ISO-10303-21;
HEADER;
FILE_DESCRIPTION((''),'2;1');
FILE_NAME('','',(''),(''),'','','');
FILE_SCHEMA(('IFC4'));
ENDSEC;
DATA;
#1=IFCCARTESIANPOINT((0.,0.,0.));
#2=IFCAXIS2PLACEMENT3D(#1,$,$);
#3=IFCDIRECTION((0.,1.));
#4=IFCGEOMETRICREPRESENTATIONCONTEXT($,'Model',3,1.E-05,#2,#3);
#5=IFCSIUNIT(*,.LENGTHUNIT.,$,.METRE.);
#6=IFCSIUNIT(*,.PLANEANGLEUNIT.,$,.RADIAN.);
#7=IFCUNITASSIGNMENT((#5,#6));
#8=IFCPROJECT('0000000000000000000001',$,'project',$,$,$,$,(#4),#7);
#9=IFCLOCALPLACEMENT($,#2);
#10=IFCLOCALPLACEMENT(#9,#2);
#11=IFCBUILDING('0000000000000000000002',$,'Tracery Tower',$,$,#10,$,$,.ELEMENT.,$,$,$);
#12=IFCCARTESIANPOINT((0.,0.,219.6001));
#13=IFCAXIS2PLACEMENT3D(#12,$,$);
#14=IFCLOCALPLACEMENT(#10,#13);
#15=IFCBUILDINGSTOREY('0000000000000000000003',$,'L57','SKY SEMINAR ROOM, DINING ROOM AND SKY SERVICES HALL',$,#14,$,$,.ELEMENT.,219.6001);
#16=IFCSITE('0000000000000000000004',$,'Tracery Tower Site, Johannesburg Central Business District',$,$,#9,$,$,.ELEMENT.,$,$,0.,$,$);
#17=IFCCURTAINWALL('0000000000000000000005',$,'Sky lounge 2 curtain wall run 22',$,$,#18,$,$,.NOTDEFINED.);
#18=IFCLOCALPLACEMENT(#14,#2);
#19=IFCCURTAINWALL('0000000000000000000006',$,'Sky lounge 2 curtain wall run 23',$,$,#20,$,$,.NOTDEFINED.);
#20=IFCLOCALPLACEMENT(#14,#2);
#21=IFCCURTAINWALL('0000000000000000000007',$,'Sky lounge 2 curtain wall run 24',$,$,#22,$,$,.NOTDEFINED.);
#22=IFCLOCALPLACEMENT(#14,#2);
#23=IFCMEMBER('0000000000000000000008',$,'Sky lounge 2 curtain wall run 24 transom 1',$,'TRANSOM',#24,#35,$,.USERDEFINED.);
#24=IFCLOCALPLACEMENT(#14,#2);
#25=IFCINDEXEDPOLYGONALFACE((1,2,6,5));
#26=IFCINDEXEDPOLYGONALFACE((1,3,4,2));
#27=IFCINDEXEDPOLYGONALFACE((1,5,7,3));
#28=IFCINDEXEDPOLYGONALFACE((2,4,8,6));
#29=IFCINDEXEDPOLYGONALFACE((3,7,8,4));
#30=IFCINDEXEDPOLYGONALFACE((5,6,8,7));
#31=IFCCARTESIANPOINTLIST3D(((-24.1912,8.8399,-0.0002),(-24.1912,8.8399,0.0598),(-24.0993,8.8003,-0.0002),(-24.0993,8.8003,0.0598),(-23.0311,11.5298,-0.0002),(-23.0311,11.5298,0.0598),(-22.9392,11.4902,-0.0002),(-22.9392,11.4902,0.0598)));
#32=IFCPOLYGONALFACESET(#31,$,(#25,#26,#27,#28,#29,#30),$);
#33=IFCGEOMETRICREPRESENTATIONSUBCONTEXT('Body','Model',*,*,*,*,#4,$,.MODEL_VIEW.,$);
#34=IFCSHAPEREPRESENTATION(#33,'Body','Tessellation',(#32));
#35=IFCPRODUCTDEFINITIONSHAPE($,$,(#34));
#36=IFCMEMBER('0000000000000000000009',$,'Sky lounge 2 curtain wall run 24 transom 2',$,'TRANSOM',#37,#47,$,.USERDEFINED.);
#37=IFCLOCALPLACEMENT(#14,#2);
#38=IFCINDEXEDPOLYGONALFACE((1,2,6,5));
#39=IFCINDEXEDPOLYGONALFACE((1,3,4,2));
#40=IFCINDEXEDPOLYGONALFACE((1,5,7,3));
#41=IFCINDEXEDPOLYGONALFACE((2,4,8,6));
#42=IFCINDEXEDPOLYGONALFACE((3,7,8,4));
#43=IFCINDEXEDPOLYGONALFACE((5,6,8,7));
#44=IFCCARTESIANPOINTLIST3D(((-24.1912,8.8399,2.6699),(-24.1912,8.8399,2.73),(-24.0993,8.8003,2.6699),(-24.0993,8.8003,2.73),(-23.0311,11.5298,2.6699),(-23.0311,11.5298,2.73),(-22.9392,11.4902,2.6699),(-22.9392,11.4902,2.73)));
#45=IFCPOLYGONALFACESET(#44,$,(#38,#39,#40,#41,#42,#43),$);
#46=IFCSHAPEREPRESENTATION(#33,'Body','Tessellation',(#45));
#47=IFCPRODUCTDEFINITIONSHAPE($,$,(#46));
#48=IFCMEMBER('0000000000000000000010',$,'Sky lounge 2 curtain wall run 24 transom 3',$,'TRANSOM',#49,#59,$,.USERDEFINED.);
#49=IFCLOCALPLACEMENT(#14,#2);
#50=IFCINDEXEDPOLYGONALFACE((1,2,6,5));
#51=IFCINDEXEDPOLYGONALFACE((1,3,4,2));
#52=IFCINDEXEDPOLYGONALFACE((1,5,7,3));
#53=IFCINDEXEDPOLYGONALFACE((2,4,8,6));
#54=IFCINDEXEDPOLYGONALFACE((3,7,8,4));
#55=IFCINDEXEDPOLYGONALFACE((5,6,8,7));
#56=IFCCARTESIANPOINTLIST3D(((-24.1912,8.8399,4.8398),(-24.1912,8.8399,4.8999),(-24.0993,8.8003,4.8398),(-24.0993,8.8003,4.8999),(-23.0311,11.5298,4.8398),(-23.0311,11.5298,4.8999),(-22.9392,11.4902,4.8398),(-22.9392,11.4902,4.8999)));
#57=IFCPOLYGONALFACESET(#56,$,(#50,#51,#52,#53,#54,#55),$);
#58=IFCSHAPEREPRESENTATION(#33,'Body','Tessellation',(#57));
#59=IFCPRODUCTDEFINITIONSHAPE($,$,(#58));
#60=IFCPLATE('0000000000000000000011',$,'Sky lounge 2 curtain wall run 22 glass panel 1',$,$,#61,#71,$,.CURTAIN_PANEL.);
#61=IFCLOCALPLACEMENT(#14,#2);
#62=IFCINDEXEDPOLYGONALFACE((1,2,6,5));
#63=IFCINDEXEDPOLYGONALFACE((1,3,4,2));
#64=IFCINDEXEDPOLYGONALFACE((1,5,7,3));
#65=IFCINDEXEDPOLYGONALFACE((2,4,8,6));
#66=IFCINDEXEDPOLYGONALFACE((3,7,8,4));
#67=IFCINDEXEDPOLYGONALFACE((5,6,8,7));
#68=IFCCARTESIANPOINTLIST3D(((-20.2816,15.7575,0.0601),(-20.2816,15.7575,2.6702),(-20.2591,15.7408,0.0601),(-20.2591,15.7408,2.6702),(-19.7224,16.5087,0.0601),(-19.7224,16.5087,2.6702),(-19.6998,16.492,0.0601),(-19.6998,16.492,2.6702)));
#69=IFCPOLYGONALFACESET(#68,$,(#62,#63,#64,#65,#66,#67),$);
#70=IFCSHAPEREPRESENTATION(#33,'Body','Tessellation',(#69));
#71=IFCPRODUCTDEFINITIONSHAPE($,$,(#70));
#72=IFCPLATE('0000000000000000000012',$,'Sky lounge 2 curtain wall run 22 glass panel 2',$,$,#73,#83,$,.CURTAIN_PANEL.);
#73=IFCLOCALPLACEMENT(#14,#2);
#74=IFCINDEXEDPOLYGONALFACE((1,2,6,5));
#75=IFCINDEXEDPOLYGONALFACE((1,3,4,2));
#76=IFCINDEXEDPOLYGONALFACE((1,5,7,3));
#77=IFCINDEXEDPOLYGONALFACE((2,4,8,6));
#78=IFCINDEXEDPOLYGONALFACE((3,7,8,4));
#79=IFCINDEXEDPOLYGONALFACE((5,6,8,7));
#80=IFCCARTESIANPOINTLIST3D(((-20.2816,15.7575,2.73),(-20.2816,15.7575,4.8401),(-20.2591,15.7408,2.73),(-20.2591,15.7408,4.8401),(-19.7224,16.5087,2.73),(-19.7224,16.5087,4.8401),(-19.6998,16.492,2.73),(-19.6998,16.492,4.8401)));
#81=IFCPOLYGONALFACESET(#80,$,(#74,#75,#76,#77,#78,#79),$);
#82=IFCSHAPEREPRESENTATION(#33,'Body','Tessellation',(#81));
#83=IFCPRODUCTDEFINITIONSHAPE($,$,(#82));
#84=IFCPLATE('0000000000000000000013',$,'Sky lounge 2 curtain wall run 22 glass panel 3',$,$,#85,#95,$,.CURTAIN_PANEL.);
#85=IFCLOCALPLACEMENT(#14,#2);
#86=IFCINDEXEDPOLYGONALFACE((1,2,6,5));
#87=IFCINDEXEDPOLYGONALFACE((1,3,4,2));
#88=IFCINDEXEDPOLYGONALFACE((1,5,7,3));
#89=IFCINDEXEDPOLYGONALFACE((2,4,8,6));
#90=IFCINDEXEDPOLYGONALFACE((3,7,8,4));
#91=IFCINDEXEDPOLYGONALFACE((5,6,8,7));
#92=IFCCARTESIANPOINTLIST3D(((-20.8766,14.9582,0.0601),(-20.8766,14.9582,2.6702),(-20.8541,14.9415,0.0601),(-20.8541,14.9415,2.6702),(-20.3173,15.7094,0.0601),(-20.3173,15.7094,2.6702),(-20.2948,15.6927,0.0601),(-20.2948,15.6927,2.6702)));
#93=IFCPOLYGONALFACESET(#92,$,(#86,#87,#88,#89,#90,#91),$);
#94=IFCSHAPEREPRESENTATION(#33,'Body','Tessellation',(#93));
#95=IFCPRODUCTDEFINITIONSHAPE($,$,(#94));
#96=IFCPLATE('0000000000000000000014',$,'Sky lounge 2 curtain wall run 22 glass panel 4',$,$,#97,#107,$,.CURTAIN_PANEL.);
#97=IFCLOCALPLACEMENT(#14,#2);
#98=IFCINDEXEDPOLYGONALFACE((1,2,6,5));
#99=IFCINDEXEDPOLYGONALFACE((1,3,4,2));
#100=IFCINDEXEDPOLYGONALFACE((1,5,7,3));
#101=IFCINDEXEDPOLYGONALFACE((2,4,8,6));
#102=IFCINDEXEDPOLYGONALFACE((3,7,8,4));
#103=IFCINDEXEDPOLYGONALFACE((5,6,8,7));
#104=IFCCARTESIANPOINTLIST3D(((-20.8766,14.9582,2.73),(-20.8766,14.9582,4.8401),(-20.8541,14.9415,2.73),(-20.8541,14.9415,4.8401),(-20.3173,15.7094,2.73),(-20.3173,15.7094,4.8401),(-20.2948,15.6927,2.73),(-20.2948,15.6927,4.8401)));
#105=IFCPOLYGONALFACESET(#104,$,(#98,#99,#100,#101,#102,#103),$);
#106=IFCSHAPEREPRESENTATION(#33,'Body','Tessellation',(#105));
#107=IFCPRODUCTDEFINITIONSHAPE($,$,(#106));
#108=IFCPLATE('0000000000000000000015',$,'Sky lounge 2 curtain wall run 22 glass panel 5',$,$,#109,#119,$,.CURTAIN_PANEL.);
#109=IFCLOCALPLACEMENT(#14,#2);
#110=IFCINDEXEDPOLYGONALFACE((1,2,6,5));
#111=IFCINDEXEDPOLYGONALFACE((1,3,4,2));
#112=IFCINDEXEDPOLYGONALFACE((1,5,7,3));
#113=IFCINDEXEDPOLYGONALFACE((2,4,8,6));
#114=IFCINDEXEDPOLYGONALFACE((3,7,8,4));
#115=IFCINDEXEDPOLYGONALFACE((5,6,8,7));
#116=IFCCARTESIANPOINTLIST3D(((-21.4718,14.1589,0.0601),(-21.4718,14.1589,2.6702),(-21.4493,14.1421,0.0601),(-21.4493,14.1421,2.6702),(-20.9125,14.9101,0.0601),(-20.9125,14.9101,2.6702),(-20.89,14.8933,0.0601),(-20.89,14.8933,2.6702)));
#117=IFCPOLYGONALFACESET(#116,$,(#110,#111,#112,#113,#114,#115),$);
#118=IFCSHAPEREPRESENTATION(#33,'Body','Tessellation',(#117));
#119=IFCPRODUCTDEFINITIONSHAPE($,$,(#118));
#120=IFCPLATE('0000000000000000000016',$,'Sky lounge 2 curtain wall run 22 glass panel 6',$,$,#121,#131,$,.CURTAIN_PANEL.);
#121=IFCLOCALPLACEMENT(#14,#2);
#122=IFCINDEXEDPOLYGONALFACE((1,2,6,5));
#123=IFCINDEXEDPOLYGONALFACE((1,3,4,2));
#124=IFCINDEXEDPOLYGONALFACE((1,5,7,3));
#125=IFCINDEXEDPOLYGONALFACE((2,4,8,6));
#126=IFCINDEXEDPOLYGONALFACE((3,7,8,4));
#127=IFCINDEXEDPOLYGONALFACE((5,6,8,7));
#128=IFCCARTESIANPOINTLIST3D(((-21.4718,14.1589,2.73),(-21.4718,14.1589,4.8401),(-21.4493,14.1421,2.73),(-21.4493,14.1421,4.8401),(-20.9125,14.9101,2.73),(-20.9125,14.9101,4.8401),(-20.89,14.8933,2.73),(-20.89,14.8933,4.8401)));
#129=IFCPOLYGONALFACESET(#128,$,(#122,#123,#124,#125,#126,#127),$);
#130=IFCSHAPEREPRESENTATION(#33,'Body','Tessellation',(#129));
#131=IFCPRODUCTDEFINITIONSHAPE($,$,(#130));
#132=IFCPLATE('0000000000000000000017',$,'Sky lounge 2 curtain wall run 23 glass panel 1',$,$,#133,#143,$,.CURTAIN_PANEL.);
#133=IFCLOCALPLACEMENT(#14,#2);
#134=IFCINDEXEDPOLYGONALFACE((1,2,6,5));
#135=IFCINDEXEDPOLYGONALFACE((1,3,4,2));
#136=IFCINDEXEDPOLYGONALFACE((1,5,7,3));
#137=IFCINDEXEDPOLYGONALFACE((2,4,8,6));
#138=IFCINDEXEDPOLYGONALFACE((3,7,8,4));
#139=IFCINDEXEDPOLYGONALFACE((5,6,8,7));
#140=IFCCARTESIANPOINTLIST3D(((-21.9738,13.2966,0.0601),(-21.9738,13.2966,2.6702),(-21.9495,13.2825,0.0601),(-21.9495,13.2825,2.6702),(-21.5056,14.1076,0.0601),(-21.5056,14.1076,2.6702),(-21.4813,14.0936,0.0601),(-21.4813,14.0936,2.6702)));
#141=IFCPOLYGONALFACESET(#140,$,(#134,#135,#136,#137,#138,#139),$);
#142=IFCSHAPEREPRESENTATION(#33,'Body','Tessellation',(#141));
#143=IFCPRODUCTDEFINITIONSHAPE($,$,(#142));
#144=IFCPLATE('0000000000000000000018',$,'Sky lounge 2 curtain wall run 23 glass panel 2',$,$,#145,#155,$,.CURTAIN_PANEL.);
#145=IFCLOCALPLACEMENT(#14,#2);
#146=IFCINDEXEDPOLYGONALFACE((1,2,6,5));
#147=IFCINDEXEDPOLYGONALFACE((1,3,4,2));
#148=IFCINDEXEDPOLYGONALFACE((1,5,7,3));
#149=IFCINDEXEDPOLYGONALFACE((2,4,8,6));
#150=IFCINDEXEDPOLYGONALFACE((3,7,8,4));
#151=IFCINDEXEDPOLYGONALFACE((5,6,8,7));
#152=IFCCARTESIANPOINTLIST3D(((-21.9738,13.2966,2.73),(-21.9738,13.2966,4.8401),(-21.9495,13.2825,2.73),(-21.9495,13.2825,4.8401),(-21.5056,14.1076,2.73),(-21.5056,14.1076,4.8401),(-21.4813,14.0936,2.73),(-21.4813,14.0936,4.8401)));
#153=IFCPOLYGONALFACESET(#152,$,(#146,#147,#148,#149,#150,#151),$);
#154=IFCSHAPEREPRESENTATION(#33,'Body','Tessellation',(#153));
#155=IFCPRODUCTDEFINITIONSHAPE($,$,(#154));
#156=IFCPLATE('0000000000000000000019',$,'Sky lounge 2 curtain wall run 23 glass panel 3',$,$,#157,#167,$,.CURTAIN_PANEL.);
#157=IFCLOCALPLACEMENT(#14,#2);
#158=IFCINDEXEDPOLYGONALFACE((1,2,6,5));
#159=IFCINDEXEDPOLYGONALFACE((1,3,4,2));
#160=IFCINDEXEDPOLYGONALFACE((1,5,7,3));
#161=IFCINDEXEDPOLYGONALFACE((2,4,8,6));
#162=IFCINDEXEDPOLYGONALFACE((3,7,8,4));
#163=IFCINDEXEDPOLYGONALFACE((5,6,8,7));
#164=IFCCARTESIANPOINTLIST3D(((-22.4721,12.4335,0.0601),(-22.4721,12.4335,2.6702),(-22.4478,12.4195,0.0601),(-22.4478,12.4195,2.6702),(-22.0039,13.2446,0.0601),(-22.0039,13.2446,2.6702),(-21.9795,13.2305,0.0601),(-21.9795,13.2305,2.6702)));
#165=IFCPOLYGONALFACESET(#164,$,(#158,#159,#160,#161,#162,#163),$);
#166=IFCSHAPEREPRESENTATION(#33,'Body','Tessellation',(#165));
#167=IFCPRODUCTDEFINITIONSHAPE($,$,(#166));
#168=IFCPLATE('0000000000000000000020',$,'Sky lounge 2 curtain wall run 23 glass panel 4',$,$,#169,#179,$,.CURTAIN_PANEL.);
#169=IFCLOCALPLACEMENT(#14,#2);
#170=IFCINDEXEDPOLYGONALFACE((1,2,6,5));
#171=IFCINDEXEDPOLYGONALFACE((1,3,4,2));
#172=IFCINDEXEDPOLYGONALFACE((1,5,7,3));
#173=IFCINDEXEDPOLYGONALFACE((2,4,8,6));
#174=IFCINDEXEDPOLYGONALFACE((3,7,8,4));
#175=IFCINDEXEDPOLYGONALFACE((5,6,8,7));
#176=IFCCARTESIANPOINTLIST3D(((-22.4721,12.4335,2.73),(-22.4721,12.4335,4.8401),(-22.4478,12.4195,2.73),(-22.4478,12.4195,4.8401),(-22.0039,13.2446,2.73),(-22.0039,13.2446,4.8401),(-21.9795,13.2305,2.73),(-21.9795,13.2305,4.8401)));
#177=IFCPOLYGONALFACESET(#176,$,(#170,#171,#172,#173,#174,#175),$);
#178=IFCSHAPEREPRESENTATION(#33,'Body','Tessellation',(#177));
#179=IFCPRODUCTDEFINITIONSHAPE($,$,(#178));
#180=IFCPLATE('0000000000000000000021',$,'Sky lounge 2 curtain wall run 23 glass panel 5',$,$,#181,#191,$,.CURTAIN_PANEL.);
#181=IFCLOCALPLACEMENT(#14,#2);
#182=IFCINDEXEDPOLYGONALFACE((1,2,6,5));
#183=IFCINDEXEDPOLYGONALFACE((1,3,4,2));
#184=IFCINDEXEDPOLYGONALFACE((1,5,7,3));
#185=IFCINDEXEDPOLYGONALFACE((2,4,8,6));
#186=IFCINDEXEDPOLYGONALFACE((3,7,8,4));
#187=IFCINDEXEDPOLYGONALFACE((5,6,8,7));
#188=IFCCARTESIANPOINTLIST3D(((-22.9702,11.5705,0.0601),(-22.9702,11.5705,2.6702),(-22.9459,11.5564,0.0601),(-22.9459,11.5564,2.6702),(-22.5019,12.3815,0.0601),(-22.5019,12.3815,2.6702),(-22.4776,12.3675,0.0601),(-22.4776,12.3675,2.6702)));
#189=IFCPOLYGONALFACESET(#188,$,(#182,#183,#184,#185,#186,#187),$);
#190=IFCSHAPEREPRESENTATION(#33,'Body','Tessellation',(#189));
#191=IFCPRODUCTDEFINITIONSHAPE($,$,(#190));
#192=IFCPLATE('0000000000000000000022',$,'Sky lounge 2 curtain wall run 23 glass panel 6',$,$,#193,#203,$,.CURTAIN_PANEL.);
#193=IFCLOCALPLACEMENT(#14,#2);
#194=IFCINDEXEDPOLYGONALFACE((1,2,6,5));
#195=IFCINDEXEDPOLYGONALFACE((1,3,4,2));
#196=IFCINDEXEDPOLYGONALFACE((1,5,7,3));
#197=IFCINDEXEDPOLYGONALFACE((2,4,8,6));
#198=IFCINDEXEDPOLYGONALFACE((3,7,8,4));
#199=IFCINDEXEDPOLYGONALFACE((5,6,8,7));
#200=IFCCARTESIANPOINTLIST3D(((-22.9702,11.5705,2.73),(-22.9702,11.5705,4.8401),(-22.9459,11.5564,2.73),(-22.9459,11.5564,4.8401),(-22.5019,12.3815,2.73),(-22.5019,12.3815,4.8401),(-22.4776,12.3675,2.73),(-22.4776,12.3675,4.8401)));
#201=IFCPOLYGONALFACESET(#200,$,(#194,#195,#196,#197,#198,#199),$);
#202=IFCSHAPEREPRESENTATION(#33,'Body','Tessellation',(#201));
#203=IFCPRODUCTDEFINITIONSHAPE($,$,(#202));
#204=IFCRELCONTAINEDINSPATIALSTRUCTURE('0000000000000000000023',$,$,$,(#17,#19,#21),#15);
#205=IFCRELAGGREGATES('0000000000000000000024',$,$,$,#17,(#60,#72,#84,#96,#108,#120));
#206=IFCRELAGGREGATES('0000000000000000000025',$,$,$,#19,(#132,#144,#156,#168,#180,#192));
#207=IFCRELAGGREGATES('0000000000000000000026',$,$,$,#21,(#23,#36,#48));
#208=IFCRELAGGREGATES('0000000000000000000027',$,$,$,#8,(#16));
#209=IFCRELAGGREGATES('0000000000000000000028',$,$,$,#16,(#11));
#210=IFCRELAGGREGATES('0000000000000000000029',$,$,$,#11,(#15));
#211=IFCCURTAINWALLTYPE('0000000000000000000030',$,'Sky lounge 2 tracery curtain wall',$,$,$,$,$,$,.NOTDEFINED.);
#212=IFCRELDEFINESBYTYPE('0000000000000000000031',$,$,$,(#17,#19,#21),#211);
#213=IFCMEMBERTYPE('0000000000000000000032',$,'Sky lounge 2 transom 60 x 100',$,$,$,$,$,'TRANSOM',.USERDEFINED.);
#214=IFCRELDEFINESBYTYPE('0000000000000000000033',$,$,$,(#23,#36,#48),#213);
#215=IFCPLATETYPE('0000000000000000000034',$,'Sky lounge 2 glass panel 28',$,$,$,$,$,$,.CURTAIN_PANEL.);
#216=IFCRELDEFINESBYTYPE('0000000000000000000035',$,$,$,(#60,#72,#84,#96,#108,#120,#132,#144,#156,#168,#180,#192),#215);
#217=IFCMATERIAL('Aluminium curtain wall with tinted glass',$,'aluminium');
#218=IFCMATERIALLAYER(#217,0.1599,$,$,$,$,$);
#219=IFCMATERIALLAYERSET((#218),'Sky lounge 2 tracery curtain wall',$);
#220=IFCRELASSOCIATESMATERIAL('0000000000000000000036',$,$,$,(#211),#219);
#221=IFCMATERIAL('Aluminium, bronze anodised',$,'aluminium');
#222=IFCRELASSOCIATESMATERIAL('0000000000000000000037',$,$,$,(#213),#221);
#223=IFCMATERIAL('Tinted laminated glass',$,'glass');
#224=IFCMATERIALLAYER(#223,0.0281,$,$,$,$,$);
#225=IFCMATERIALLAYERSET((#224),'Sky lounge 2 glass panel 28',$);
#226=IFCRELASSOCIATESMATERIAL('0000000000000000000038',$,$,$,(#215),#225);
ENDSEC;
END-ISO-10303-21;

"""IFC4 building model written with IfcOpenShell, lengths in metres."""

from ifc_helpers import new_model, si_unit, direction, frame, origin, origin_2d, place, context, subcontext, project, spatial, rectangle, extrude, material, layer, layer_set, material_profile, profile_set, type_object, element, aggregate, save


model = new_model("IFC4")

# Units and contexts
model_context = context("Model", 3, precision=1e-05, world=origin(), true_north=direction((0.0, 1.0)))
body_context = subcontext(model_context, "Body", "Model", "MODEL_VIEW")
ifc_project = project(units=[si_unit("LENGTHUNIT", "METRE"), si_unit("PLANEANGLEUNIT", "RADIAN")], contexts=[model_context])

# Site, building, storey
site_placement = place(None, origin())
site = spatial("IfcSite", under=ifc_project, at=site_placement, Name="Tracery Tower Site, Johannesburg Central Business District", CompositionType="ELEMENT", RefElevation=0.0)
building_placement = place(site_placement, origin())
building = spatial("IfcBuilding", under=site, at=building_placement, Name="Tracery Tower", CompositionType="ELEMENT")
storey_placement = place(building_placement, frame((0.0, 0.0, 219.6001)))
storey = spatial("IfcBuildingStorey", under=building, at=storey_placement, Name="L57", Description="SKY SEMINAR ROOM, DINING ROOM AND SKY SERVICES HALL", CompositionType="ELEMENT", Elevation=219.6001)

# Curtain walls
ifc_material_1 = material(Name="Aluminium curtain wall with tinted glass", Category="aluminium")
ifc_layer_1 = layer(ifc_material_1, 0.1599)
ifc_layer_set_1 = layer_set([ifc_layer_1], Name="Sky lounge 2 tracery curtain wall")
curtain_wall_type = type_object("IfcCurtainWallType", Name="Sky lounge 2 tracery curtain wall", PredefinedType="NOTDEFINED", material=ifc_layer_set_1)
curtain_wall_1_placement = place(storey_placement, origin())
curtain_wall_1 = element("IfcCurtainWall", 1, at=curtain_wall_1_placement, inside=storey, type_object=curtain_wall_type, Name="Sky lounge 2 curtain wall run 22", PredefinedType="NOTDEFINED")
curtain_wall_2_placement = place(storey_placement, origin())
curtain_wall_2 = element("IfcCurtainWall", 2, at=curtain_wall_2_placement, inside=storey, type_object=curtain_wall_type, Name="Sky lounge 2 curtain wall run 23", PredefinedType="NOTDEFINED")

# Curtain wall
curtain_wall_3_placement = place(storey_placement, origin())
curtain_wall_3 = element("IfcCurtainWall", 3, at=curtain_wall_3_placement, inside=storey, type_object=curtain_wall_type, Name="Sky lounge 2 curtain wall run 24", PredefinedType="NOTDEFINED")

# Members
ifc_material_2 = material(Name="Aluminium, bronze anodised", Category="aluminium")
ifc_material_profile_1 = material_profile(ifc_material_2, rectangle(XDim=0.1001, YDim=0.0601, at=origin_2d()), Name="AL 60x100")
ifc_profile_set_1 = profile_set([ifc_material_profile_1], Name="Aluminium, bronze anodised")
member_type_1 = type_object("IfcMemberType", Name="Sky lounge 2 transom 60 x 100", ElementType="TRANSOM", PredefinedType="USERDEFINED", material=ifc_profile_set_1)
member_1_placement = place(storey_placement, frame((-22.9851, 11.51, 0.0298), z_axis=(-0.39603, -0.918237, 0.0), x_axis=(0.918237, -0.39603, 0.0)))
member_1 = element("IfcMember", 4, at=member_1_placement, type_object=member_type_1, Name="Sky lounge 2 curtain wall run 24 transom 1", ObjectType="TRANSOM", PredefinedType="USERDEFINED", context=body_context, shape_type="SweptSolid", body=[
    extrude(rectangle(XDim=0.1001, YDim=0.0601, at=origin_2d()), origin(), (0.0, 0.0, 1.0), 2.9294),
])
member_2_placement = place(storey_placement, frame((-22.9851, 11.51, 2.7), z_axis=(-0.39603, -0.918237, 0.0), x_axis=(0.918237, -0.39603, 0.0)))
member_2 = element("IfcMember", 5, at=member_2_placement, type_object=member_type_1, Name="Sky lounge 2 curtain wall run 24 transom 2", ObjectType="TRANSOM", PredefinedType="USERDEFINED", context=body_context, shape_type="SweptSolid", body=[
    extrude(rectangle(XDim=0.1001, YDim=0.0601, at=origin_2d()), origin(), (0.0, 0.0, 1.0), 2.9294),
])
member_3_placement = place(storey_placement, frame((-22.9851, 11.51, 4.8699), z_axis=(-0.39603, -0.918237, 0.0), x_axis=(0.918237, -0.39603, 0.0)))
member_3 = element("IfcMember", 6, at=member_3_placement, type_object=member_type_1, Name="Sky lounge 2 curtain wall run 24 transom 3", ObjectType="TRANSOM", PredefinedType="USERDEFINED", context=body_context, shape_type="SweptSolid", body=[
    extrude(rectangle(XDim=0.1001, YDim=0.0601, at=origin_2d()), origin(), (0.0, 0.0, 1.0), 2.9294),
])

# Plates
ifc_material_3 = material(Name="Tinted laminated glass", Category="glass")
ifc_layer_2 = layer(ifc_material_3, 0.0281)
ifc_layer_set_2 = layer_set([ifc_layer_2], Name="Sky lounge 2 glass panel 28")
plate_type = type_object("IfcPlateType", Name="Sky lounge 2 glass panel 28", PredefinedType="CURTAIN_PANEL", material=ifc_layer_set_2)
plate_1_placement = place(storey_placement, frame((-19.9907, 16.1248, 0.0601), z_axis=(0.0, 0.0, 1.0), x_axis=(-0.597159, -0.802123, 0.0)))
plate_1 = element("IfcPlate", 7, at=plate_1_placement, type_object=plate_type, Name="Sky lounge 2 curtain wall run 22 glass panel 1", PredefinedType="CURTAIN_PANEL", context=body_context, shape_type="SweptSolid", body=[
    extrude(rectangle(XDim=0.9365, YDim=0.0281, at=origin_2d()), origin(), (0.0, 0.0, 1.0), 2.6101),
])
plate_2_placement = place(storey_placement, frame((-19.9907, 16.1248, 2.73), z_axis=(0.0, 0.0, 1.0), x_axis=(-0.597159, -0.802123, 0.0)))
plate_2 = element("IfcPlate", 8, at=plate_2_placement, type_object=plate_type, Name="Sky lounge 2 curtain wall run 22 glass panel 2", PredefinedType="CURTAIN_PANEL", context=body_context, shape_type="SweptSolid", body=[
    extrude(rectangle(XDim=0.9365, YDim=0.0281, at=origin_2d()), origin(), (0.0, 0.0, 1.0), 2.1101),
])
plate_3_placement = place(storey_placement, frame((-20.5857, 15.3254, 0.0601), z_axis=(0.0, 0.0, 1.0), x_axis=(-0.597159, -0.802123, 0.0)))
plate_3 = element("IfcPlate", 9, at=plate_3_placement, type_object=plate_type, Name="Sky lounge 2 curtain wall run 22 glass panel 3", PredefinedType="CURTAIN_PANEL", context=body_context, shape_type="SweptSolid", body=[
    extrude(rectangle(XDim=0.9365, YDim=0.0281, at=origin_2d()), origin(), (0.0, 0.0, 1.0), 2.6101),
])
plate_4_placement = place(storey_placement, frame((-20.5857, 15.3254, 2.73), z_axis=(0.0, 0.0, 1.0), x_axis=(-0.597159, -0.802123, 0.0)))
plate_4 = element("IfcPlate", 10, at=plate_4_placement, type_object=plate_type, Name="Sky lounge 2 curtain wall run 22 glass panel 4", PredefinedType="CURTAIN_PANEL", context=body_context, shape_type="SweptSolid", body=[
    extrude(rectangle(XDim=0.9365, YDim=0.0281, at=origin_2d()), origin(), (0.0, 0.0, 1.0), 2.1101),
])
plate_5_placement = place(storey_placement, frame((-21.1809, 14.5261, 0.0601), z_axis=(0.0, 0.0, 1.0), x_axis=(-0.597159, -0.802123, 0.0)))
plate_5 = element("IfcPlate", 11, at=plate_5_placement, type_object=plate_type, Name="Sky lounge 2 curtain wall run 22 glass panel 5", PredefinedType="CURTAIN_PANEL", context=body_context, shape_type="SweptSolid", body=[
    extrude(rectangle(XDim=0.9365, YDim=0.0281, at=origin_2d()), origin(), (0.0, 0.0, 1.0), 2.6101),
])
plate_6_placement = place(storey_placement, frame((-21.1809, 14.5261, 2.73), z_axis=(0.0, 0.0, 1.0), x_axis=(-0.597159, -0.802123, 0.0)))
plate_6 = element("IfcPlate", 12, at=plate_6_placement, type_object=plate_type, Name="Sky lounge 2 curtain wall run 22 glass panel 6", PredefinedType="CURTAIN_PANEL", context=body_context, shape_type="SweptSolid", body=[
    extrude(rectangle(XDim=0.9365, YDim=0.0281, at=origin_2d()), origin(), (0.0, 0.0, 1.0), 2.1101),
])
aggregate(curtain_wall_1, [plate_1, plate_2, plate_3, plate_4, plate_5, plate_6])
plate_7_placement = place(storey_placement, frame((-21.7275, 13.6951, 0.0601), z_axis=(0.0, 0.0, 1.0), x_axis=(-0.5, -0.866025, 0.0)))
plate_7 = element("IfcPlate", 13, at=plate_7_placement, type_object=plate_type, Name="Sky lounge 2 curtain wall run 23 glass panel 1", PredefinedType="CURTAIN_PANEL", context=body_context, shape_type="SweptSolid", body=[
    extrude(rectangle(XDim=0.9365, YDim=0.0281, at=origin_2d()), origin(), (0.0, 0.0, 1.0), 2.6101),
])
plate_8_placement = place(storey_placement, frame((-21.7275, 13.6951, 2.73), z_axis=(0.0, 0.0, 1.0), x_axis=(-0.5, -0.866025, 0.0)))
plate_8 = element("IfcPlate", 14, at=plate_8_placement, type_object=plate_type, Name="Sky lounge 2 curtain wall run 23 glass panel 2", PredefinedType="CURTAIN_PANEL", context=body_context, shape_type="SweptSolid", body=[
    extrude(rectangle(XDim=0.9365, YDim=0.0281, at=origin_2d()), origin(), (0.0, 0.0, 1.0), 2.1101),
])
plate_9_placement = place(storey_placement, frame((-22.2258, 12.832, 0.0601), z_axis=(0.0, 0.0, 1.0), x_axis=(-0.5, -0.866025, 0.0)))
plate_9 = element("IfcPlate", 15, at=plate_9_placement, type_object=plate_type, Name="Sky lounge 2 curtain wall run 23 glass panel 3", PredefinedType="CURTAIN_PANEL", context=body_context, shape_type="SweptSolid", body=[
    extrude(rectangle(XDim=0.9365, YDim=0.0281, at=origin_2d()), origin(), (0.0, 0.0, 1.0), 2.6101),
])
plate_10_placement = place(storey_placement, frame((-22.2258, 12.832, 2.73), z_axis=(0.0, 0.0, 1.0), x_axis=(-0.5, -0.866025, 0.0)))
plate_10 = element("IfcPlate", 16, at=plate_10_placement, type_object=plate_type, Name="Sky lounge 2 curtain wall run 23 glass panel 4", PredefinedType="CURTAIN_PANEL", context=body_context, shape_type="SweptSolid", body=[
    extrude(rectangle(XDim=0.9365, YDim=0.0281, at=origin_2d()), origin(), (0.0, 0.0, 1.0), 2.1101),
])
plate_11_placement = place(storey_placement, frame((-22.7239, 11.969, 0.0601), z_axis=(0.0, 0.0, 1.0), x_axis=(-0.5, -0.866025, 0.0)))
plate_11 = element("IfcPlate", 17, at=plate_11_placement, type_object=plate_type, Name="Sky lounge 2 curtain wall run 23 glass panel 5", PredefinedType="CURTAIN_PANEL", context=body_context, shape_type="SweptSolid", body=[
    extrude(rectangle(XDim=0.9365, YDim=0.0281, at=origin_2d()), origin(), (0.0, 0.0, 1.0), 2.6101),
])
plate_12_placement = place(storey_placement, frame((-22.7239, 11.969, 2.73), z_axis=(0.0, 0.0, 1.0), x_axis=(-0.5, -0.866025, 0.0)))
plate_12 = element("IfcPlate", 18, at=plate_12_placement, type_object=plate_type, Name="Sky lounge 2 curtain wall run 23 glass panel 6", PredefinedType="CURTAIN_PANEL", context=body_context, shape_type="SweptSolid", body=[
    extrude(rectangle(XDim=0.9365, YDim=0.0281, at=origin_2d()), origin(), (0.0, 0.0, 1.0), 2.1101),
])
aggregate(curtain_wall_2, [plate_7, plate_8, plate_9, plate_10, plate_11, plate_12])
aggregate(curtain_wall_3, [member_1, member_2, member_3])

save(model, "model.ifc")
